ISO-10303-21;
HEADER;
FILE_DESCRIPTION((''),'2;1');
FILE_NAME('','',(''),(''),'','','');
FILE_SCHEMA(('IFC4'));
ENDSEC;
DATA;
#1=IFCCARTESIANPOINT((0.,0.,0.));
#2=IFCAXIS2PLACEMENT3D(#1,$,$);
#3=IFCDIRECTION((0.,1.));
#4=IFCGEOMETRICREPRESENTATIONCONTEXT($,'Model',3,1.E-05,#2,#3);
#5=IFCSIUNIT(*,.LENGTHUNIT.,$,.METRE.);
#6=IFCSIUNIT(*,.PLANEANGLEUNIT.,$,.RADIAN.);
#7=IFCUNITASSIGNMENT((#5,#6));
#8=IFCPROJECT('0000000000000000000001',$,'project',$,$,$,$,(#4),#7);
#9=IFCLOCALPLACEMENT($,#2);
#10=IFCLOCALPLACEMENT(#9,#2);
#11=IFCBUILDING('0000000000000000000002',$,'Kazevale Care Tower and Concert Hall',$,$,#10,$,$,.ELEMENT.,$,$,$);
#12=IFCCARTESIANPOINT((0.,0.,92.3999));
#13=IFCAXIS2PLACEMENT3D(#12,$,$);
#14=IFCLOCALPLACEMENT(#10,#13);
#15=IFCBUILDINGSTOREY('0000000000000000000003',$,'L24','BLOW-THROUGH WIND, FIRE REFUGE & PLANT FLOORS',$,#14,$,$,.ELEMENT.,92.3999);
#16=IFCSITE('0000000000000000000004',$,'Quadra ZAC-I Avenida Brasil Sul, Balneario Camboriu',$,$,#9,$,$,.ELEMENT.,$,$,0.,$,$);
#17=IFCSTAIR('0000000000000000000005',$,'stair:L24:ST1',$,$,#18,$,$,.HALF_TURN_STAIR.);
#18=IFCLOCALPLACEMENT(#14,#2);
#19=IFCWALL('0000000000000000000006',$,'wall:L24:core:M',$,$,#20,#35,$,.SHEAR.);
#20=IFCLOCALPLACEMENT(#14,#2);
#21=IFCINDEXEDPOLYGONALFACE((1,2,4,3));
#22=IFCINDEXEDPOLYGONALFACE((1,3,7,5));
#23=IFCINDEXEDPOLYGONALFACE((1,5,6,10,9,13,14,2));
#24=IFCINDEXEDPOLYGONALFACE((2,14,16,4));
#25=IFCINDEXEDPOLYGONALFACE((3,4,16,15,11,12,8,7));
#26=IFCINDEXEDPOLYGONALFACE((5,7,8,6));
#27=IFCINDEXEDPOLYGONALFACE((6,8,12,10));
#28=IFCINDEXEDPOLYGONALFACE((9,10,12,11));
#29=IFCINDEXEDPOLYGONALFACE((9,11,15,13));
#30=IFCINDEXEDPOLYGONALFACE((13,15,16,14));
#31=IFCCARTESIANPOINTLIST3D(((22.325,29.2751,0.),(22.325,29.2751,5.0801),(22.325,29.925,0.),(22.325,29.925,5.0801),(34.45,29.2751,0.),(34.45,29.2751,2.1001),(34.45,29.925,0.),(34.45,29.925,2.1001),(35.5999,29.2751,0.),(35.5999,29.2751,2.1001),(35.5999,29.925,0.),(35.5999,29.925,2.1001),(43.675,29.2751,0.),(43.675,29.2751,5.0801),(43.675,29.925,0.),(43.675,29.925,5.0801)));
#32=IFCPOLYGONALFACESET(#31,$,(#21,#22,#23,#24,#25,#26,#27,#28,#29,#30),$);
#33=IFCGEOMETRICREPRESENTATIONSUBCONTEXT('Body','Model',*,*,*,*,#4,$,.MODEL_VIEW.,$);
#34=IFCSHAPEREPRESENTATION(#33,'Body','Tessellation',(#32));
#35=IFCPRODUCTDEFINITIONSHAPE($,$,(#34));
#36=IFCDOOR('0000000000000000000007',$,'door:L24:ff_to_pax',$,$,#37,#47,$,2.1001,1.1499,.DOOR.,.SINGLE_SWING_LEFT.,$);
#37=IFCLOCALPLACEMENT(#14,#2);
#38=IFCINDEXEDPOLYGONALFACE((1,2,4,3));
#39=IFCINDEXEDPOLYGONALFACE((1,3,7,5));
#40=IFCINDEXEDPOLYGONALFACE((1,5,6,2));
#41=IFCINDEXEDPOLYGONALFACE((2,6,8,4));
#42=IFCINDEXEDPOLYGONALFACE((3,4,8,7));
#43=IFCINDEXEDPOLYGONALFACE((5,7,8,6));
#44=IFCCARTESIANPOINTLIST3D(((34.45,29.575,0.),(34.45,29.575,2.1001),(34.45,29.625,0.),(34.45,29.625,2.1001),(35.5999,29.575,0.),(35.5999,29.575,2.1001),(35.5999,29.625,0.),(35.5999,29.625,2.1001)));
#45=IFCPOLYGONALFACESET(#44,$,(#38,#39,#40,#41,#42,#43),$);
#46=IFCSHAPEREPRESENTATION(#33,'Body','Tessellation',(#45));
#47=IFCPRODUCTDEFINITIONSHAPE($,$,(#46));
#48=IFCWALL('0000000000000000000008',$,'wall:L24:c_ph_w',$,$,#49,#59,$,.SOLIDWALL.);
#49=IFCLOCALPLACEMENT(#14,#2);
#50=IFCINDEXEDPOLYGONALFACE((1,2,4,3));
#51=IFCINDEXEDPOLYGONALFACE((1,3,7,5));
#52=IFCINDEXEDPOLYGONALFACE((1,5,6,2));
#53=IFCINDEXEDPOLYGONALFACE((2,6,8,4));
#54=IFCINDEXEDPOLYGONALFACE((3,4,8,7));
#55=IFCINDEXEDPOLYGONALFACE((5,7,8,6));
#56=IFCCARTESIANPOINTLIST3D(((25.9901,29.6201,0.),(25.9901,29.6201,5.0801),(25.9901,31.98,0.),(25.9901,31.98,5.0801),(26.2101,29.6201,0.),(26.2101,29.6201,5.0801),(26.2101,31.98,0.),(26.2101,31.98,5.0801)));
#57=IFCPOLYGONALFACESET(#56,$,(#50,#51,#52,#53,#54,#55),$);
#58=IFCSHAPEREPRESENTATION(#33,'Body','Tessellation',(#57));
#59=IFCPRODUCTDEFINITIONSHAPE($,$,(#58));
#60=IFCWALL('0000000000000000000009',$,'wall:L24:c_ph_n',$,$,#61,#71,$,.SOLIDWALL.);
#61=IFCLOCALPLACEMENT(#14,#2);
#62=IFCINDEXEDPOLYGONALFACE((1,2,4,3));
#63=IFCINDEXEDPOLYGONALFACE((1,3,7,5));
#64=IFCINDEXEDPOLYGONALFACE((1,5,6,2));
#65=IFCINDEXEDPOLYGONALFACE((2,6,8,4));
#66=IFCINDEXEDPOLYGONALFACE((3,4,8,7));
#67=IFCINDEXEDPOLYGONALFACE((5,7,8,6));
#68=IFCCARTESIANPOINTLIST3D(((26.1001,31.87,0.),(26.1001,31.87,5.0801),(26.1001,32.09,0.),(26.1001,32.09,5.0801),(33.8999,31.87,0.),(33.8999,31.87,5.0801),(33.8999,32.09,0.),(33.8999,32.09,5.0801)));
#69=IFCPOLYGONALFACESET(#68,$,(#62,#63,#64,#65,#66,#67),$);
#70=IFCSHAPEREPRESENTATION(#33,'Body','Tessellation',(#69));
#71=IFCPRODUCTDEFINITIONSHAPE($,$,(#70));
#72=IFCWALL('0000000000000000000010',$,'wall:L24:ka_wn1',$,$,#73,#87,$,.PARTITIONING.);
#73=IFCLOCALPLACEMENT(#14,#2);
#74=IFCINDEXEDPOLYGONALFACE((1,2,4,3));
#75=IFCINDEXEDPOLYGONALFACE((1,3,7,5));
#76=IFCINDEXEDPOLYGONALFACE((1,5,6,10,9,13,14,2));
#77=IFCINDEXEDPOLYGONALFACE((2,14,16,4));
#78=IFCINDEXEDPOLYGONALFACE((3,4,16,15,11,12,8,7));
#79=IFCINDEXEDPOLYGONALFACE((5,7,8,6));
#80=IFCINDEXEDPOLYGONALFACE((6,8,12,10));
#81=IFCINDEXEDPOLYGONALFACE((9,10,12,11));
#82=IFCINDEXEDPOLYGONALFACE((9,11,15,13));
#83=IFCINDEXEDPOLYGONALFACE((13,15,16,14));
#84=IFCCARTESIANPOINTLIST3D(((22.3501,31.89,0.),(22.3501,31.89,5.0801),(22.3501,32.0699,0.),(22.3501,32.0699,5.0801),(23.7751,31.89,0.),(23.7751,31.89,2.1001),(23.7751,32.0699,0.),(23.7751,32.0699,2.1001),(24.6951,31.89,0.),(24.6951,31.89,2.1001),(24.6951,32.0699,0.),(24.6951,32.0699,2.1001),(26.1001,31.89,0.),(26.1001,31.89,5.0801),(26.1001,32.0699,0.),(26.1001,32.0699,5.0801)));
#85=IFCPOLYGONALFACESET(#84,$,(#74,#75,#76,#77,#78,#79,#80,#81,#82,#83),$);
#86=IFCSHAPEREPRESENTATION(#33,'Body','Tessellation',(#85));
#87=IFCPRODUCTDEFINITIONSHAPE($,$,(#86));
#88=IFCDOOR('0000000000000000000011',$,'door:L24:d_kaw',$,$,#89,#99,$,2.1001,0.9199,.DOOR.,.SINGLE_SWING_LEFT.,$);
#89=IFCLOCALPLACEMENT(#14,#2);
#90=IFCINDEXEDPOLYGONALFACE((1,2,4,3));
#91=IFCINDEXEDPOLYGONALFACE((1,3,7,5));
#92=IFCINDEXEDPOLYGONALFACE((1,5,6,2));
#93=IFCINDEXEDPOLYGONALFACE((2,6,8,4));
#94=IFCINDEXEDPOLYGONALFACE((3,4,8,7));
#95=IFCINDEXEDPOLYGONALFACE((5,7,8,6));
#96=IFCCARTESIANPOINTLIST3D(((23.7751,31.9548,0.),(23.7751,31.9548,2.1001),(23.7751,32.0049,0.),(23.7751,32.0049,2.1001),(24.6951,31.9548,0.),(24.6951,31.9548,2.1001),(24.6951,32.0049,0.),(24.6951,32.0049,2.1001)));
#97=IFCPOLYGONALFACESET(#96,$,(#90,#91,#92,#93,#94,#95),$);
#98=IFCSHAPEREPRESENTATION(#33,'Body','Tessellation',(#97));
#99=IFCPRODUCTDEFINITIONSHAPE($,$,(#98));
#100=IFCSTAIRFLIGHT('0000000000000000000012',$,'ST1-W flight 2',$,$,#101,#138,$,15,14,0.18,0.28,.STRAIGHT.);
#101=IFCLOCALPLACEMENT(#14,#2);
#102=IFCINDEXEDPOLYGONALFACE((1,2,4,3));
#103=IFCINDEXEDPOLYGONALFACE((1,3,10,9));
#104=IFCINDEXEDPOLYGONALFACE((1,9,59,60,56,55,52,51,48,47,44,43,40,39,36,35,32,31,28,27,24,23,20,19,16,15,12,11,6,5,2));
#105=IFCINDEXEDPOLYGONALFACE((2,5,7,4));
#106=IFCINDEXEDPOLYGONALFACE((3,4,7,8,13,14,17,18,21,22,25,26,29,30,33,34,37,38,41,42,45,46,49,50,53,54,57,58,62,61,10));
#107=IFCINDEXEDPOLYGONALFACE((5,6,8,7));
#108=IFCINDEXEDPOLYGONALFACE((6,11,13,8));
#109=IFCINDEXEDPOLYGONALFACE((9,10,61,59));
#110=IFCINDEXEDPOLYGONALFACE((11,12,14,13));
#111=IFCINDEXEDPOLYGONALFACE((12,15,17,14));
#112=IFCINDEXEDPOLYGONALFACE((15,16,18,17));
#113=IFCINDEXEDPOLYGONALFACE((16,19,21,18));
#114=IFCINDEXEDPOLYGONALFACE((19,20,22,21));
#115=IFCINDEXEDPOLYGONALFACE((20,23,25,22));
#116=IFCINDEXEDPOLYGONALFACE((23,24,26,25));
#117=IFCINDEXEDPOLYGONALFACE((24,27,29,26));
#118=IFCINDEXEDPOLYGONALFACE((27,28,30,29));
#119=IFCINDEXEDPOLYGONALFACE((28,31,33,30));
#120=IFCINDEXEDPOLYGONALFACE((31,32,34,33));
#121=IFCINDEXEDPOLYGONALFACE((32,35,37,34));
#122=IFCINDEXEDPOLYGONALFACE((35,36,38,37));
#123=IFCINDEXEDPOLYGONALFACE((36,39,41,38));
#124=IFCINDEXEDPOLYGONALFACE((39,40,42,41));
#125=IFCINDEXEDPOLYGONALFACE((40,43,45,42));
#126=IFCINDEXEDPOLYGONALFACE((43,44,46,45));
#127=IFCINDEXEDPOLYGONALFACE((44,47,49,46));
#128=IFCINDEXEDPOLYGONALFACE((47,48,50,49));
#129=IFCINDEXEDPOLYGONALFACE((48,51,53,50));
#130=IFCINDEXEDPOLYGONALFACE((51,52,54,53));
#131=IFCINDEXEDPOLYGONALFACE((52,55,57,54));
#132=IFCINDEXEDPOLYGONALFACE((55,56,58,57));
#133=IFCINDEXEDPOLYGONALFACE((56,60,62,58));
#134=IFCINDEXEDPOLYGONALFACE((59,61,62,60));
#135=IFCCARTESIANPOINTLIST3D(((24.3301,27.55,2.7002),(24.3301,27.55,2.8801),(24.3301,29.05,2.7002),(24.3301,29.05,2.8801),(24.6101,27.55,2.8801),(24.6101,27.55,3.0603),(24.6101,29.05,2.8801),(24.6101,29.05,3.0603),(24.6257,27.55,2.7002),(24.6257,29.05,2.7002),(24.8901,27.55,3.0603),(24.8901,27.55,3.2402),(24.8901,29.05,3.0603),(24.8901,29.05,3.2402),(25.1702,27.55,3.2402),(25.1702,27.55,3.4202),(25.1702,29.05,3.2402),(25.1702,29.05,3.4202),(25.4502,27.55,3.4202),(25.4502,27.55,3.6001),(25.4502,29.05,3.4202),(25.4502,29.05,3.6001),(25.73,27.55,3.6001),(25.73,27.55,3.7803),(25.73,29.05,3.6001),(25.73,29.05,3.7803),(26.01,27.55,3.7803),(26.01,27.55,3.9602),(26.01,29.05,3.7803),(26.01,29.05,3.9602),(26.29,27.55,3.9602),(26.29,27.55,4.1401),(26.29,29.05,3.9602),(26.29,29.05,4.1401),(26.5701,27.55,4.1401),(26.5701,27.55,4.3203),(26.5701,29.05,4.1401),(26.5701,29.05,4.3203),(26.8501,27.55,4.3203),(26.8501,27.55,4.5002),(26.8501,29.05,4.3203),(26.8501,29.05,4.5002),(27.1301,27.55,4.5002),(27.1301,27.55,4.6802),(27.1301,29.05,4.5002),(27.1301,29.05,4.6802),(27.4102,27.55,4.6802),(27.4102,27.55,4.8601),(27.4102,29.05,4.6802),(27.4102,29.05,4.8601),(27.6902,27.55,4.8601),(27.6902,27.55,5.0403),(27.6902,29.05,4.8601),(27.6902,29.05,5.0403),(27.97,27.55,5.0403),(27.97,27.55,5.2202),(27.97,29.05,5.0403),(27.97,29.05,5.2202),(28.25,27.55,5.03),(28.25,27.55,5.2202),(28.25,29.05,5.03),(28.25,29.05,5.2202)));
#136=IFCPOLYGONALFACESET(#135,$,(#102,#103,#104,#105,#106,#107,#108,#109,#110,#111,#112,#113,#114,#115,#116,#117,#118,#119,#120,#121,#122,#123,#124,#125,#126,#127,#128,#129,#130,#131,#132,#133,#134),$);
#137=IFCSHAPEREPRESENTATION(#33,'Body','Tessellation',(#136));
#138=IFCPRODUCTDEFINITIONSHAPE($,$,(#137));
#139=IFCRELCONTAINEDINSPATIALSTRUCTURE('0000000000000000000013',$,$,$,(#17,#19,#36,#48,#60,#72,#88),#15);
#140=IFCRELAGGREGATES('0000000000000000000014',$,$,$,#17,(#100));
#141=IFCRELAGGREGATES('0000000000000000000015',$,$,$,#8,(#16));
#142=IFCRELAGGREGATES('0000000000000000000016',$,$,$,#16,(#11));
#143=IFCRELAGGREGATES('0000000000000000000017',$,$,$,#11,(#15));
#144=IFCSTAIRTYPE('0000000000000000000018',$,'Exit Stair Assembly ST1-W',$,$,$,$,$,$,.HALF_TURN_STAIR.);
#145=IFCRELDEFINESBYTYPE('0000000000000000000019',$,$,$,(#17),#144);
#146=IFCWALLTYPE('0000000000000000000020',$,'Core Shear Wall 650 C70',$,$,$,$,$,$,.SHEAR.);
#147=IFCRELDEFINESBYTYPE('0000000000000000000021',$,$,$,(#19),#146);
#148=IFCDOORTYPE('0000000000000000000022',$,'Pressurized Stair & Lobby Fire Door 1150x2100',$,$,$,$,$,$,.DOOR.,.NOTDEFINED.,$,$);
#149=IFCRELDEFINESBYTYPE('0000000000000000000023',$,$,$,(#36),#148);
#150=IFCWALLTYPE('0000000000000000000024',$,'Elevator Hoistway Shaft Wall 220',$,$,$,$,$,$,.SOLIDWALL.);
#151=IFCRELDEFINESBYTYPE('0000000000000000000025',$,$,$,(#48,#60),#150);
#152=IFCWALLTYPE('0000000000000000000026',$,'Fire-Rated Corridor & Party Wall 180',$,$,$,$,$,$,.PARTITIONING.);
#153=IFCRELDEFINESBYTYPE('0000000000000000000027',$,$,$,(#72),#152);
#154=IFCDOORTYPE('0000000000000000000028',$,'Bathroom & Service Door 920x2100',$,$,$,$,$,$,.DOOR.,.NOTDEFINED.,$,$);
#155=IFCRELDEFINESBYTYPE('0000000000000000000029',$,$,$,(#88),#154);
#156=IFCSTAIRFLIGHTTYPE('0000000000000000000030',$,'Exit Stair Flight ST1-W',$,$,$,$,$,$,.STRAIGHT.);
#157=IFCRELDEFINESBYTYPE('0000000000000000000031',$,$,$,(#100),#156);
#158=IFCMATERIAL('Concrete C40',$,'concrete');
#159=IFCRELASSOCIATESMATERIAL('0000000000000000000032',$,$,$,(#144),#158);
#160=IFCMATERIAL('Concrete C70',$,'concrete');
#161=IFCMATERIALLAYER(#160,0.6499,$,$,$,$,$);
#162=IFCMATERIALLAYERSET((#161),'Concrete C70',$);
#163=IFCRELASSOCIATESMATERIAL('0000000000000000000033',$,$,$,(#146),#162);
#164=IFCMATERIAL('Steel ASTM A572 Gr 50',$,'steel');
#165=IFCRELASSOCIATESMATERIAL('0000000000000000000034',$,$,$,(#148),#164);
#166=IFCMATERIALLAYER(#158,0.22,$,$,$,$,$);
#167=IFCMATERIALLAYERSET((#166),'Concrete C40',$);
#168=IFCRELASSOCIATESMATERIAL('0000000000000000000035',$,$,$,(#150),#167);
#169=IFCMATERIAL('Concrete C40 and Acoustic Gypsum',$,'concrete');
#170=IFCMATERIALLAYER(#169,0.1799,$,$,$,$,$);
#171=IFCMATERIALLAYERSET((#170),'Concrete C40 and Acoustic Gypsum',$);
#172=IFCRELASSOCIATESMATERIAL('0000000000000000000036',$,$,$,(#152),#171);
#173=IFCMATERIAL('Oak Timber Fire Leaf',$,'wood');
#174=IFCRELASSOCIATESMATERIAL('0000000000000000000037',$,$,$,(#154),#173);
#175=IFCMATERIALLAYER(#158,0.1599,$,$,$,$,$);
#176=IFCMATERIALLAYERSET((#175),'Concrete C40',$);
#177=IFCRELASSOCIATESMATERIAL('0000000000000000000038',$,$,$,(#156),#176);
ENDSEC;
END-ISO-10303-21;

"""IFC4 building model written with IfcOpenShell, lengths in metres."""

from ifc_helpers import new_model, si_unit, direction, frame, frame_2d, origin, place, context, subcontext, project, spatial, polyline, rectangle, outline, extrude, material, layer, layer_set, type_object, element, fill, aggregate, save


model = new_model("IFC4")

# Units and contexts
model_context = context("Model", 3, precision=1e-05, world=origin(), true_north=direction((0.0, 1.0)))
body_context = subcontext(model_context, "Body", "Model", "MODEL_VIEW")
ifc_project = project(units=[si_unit("LENGTHUNIT", "METRE"), si_unit("PLANEANGLEUNIT", "RADIAN")], contexts=[model_context])

# Site, building, storey
site_placement = place(None, origin())
site = spatial("IfcSite", under=ifc_project, at=site_placement, Name="Quadra ZAC-I Avenida Brasil Sul, Balneario Camboriu", CompositionType="ELEMENT", RefElevation=0.0)
building_placement = place(site_placement, origin())
building = spatial("IfcBuilding", under=site, at=building_placement, Name="Kazevale Care Tower and Concert Hall", CompositionType="ELEMENT")
storey_placement = place(building_placement, frame((0.0, 0.0, 92.3999)))
storey = spatial("IfcBuildingStorey", under=building, at=storey_placement, Name="L24", Description="BLOW-THROUGH WIND, FIRE REFUGE & PLANT FLOORS", CompositionType="ELEMENT", Elevation=92.3999)

# Shared definitions
ifc_material_1 = material(Name="Concrete C70", Category="concrete")

# Shared definitions
ifc_material_2 = material(Name="Steel ASTM A572 Gr 50", Category="steel")

# Stair
ifc_material_3 = material(Name="Concrete C40", Category="concrete")
stair_type = type_object("IfcStairType", Name="Exit Stair Assembly ST1-W", PredefinedType="HALF_TURN_STAIR", material=ifc_material_3)
stair_1_placement = place(storey_placement, origin())
stair_1 = element("IfcStair", 1, at=stair_1_placement, inside=storey, type_object=stair_type, Name="stair:L24:ST1", PredefinedType="HALF_TURN_STAIR")

# Shared definitions
ifc_layer_1 = layer(ifc_material_1, 0.6499)
ifc_layer_set_1 = layer_set([ifc_layer_1], Name="Concrete C70")
wall_type_1 = type_object("IfcWallType", Name="Core Shear Wall 650 C70", PredefinedType="SHEAR", material=ifc_layer_set_1)

# Wall, opening, door
wall_1_placement = place(storey_placement, frame((22.325, 29.6001, 0.0), z_axis=(0.0, 0.0, 1.0), x_axis=(1.0, 0.0, 0.0)))
wall_1 = element("IfcWall", 2, at=wall_1_placement, inside=storey, type_object=wall_type_1, Name="wall:L24:core:M", PredefinedType="SHEAR", context=body_context, shape_type="SweptSolid", body=[
    extrude(rectangle(XDim=21.3501, YDim=0.6499, at=frame_2d((10.675, 0.0))), origin(), (0.0, 0.0, 1.0), 5.0801),
])
opening_1_placement = place(wall_1_placement, frame((12.125, 0.0, 0.0)))
opening_1 = element("IfcOpeningElement", 3, at=opening_1_placement, cuts=wall_1, PredefinedType="OPENING", context=body_context, shape_type="SweptSolid", body=[
    extrude(rectangle(XDim=1.1499, YDim=2.1001, at=frame_2d((0.575, 1.05))), frame((0.0, 0.335, 0.0), z_axis=(0.0, -1.0, 0.0), x_axis=(1.0, 0.0, 0.0)), (0.0, 0.0, 1.0), 0.6699),
])
door_type_1 = type_object("IfcDoorType", Name="Pressurized Stair & Lobby Fire Door 1150x2100", OperationType="NOTDEFINED", PredefinedType="DOOR", material=ifc_material_2)
door_1_placement = place(opening_1_placement, origin())
door_1 = element("IfcDoor", 4, at=door_1_placement, inside=storey, type_object=door_type_1, Name="door:L24:ff_to_pax", OperationType="SINGLE_SWING_LEFT", OverallHeight=2.1001, OverallWidth=1.1499, PredefinedType="DOOR", context=body_context, shape_type="SweptSolid", body=[
    extrude(rectangle(XDim=1.1499, YDim=2.1001, at=frame_2d((0.575, 1.05))), frame((0.0, 0.0249, 0.0), z_axis=(0.0, -1.0, 0.0), x_axis=(1.0, 0.0, 0.0)), (0.0, 0.0, 1.0), 0.05),
])
fill(opening_1, door_1)

# Walls
ifc_layer_2 = layer(ifc_material_3, 0.22)
ifc_layer_set_2 = layer_set([ifc_layer_2], Name="Concrete C40")
wall_type_2 = type_object("IfcWallType", Name="Elevator Hoistway Shaft Wall 220", PredefinedType="SOLIDWALL", material=ifc_layer_set_2)
wall_2_placement = place(storey_placement, frame((26.1001, 29.6201, 0.0), z_axis=(0.0, 0.0, 1.0), x_axis=(0.0, 1.0, 0.0)))
element("IfcWall", 5, at=wall_2_placement, inside=storey, type_object=wall_type_2, Name="wall:L24:c_ph_w", PredefinedType="SOLIDWALL", context=body_context, shape_type="SweptSolid", body=[
    extrude(rectangle(XDim=2.3599, YDim=0.22, at=frame_2d((1.1799, 0.0))), origin(), (0.0, 0.0, 1.0), 5.0801),
])
wall_3_placement = place(storey_placement, frame((26.1001, 31.98, 0.0), z_axis=(0.0, 0.0, 1.0), x_axis=(1.0, 0.0, 0.0)))
element("IfcWall", 6, at=wall_3_placement, inside=storey, type_object=wall_type_2, Name="wall:L24:c_ph_n", PredefinedType="SOLIDWALL", context=body_context, shape_type="SweptSolid", body=[
    extrude(rectangle(XDim=7.7998, YDim=0.22, at=frame_2d((3.8999, 0.0))), origin(), (0.0, 0.0, 1.0), 5.0801),
])

# Wall, opening, door
ifc_material_4 = material(Name="Concrete C40 and Acoustic Gypsum", Category="concrete")
ifc_layer_3 = layer(ifc_material_4, 0.1799)
ifc_layer_set_3 = layer_set([ifc_layer_3], Name="Concrete C40 and Acoustic Gypsum")
wall_type_3 = type_object("IfcWallType", Name="Fire-Rated Corridor & Party Wall 180", PredefinedType="PARTITIONING", material=ifc_layer_set_3)
wall_4_placement = place(storey_placement, frame((22.3501, 31.98, 0.0), z_axis=(0.0, 0.0, 1.0), x_axis=(1.0, 0.0, 0.0)))
wall_4 = element("IfcWall", 7, at=wall_4_placement, inside=storey, type_object=wall_type_3, Name="wall:L24:ka_wn1", PredefinedType="PARTITIONING", context=body_context, shape_type="SweptSolid", body=[
    extrude(rectangle(XDim=3.75, YDim=0.1799, at=frame_2d((1.875, 0.0))), origin(), (0.0, 0.0, 1.0), 5.0801),
])
opening_2_placement = place(wall_4_placement, frame((1.425, 0.0, 0.0)))
opening_2 = element("IfcOpeningElement", 8, at=opening_2_placement, cuts=wall_4, PredefinedType="OPENING", context=body_context, shape_type="SweptSolid", body=[
    extrude(rectangle(XDim=0.9199, YDim=2.1001, at=frame_2d((0.46, 1.05))), frame((0.0, 0.0999, 0.0), z_axis=(0.0, -1.0, 0.0), x_axis=(1.0, 0.0, 0.0)), (0.0, 0.0, 1.0), 0.2),
])
ifc_material_5 = material(Name="Oak Timber Fire Leaf", Category="wood")
door_type_2 = type_object("IfcDoorType", Name="Bathroom & Service Door 920x2100", OperationType="NOTDEFINED", PredefinedType="DOOR", material=ifc_material_5)
door_2_placement = place(opening_2_placement, origin())
door_2 = element("IfcDoor", 9, at=door_2_placement, inside=storey, type_object=door_type_2, Name="door:L24:d_kaw", OperationType="SINGLE_SWING_LEFT", OverallHeight=2.1001, OverallWidth=0.9199, PredefinedType="DOOR", context=body_context, shape_type="SweptSolid", body=[
    extrude(rectangle(XDim=0.9199, YDim=2.1001, at=frame_2d((0.46, 1.05))), frame((0.0, 0.0249, 0.0), z_axis=(0.0, -1.0, 0.0), x_axis=(1.0, 0.0, 0.0)), (0.0, 0.0, 1.0), 0.05),
])
fill(opening_2, door_2)

# Stair flight
ifc_layer_4 = layer(ifc_material_3, 0.1599)
ifc_layer_set_4 = layer_set([ifc_layer_4], Name="Concrete C40")
stair_flight_type = type_object("IfcStairFlightType", Name="Exit Stair Flight ST1-W", PredefinedType="STRAIGHT", material=ifc_layer_set_4)
stair_flight_placement = place(storey_placement, frame((24.3301, 28.3, 2.7002), z_axis=(0.0, 0.0, 1.0), x_axis=(1.0, 0.0, 0.0)))
stair_flight = element("IfcStairFlight", 10, at=stair_flight_placement, type_object=stair_flight_type, Name="ST1-W flight 2", NumberOfRisers=15, NumberOfTreads=14, PredefinedType="STRAIGHT", RiserHeight=0.18, TreadLength=0.28, context=body_context, shape_type="SweptSolid", body=[
    extrude(outline(polyline([(0.0, 0.0), (0.0, 0.1799), (0.28, 0.1799), (0.28, 0.3601), (0.5601, 0.3601), (0.5601, 0.54), (0.8401, 0.54), (0.8401, 0.72), (1.1201, 0.72), (1.1201, 0.8999), (1.3999, 0.8999), (1.3999, 1.0801), (1.6799, 1.0801), (1.6799, 1.26), (1.96, 1.26), (1.96, 1.4399), (2.24, 1.4399), (2.24, 1.6201), (2.52, 1.6201), (2.52, 1.8), (2.8, 1.8), (2.8, 1.98), (3.0801, 1.98), (3.0801, 2.1599), (3.3601, 2.1599), (3.3601, 2.3401), (3.6399, 2.3401), (3.6399, 2.52), (3.9199, 2.52), (3.9199, 2.7), (3.9199, 2.3298), (0.2957, 0.0), (0.0, 0.0)])), frame((0.0, 0.75, 0.0), z_axis=(0.0, -1.0, 0.0), x_axis=(1.0, 0.0, 0.0)), (0.0, 0.0, 1.0), 1.5),
])
aggregate(stair_1, [stair_flight])

save(model, "model.ifc")
